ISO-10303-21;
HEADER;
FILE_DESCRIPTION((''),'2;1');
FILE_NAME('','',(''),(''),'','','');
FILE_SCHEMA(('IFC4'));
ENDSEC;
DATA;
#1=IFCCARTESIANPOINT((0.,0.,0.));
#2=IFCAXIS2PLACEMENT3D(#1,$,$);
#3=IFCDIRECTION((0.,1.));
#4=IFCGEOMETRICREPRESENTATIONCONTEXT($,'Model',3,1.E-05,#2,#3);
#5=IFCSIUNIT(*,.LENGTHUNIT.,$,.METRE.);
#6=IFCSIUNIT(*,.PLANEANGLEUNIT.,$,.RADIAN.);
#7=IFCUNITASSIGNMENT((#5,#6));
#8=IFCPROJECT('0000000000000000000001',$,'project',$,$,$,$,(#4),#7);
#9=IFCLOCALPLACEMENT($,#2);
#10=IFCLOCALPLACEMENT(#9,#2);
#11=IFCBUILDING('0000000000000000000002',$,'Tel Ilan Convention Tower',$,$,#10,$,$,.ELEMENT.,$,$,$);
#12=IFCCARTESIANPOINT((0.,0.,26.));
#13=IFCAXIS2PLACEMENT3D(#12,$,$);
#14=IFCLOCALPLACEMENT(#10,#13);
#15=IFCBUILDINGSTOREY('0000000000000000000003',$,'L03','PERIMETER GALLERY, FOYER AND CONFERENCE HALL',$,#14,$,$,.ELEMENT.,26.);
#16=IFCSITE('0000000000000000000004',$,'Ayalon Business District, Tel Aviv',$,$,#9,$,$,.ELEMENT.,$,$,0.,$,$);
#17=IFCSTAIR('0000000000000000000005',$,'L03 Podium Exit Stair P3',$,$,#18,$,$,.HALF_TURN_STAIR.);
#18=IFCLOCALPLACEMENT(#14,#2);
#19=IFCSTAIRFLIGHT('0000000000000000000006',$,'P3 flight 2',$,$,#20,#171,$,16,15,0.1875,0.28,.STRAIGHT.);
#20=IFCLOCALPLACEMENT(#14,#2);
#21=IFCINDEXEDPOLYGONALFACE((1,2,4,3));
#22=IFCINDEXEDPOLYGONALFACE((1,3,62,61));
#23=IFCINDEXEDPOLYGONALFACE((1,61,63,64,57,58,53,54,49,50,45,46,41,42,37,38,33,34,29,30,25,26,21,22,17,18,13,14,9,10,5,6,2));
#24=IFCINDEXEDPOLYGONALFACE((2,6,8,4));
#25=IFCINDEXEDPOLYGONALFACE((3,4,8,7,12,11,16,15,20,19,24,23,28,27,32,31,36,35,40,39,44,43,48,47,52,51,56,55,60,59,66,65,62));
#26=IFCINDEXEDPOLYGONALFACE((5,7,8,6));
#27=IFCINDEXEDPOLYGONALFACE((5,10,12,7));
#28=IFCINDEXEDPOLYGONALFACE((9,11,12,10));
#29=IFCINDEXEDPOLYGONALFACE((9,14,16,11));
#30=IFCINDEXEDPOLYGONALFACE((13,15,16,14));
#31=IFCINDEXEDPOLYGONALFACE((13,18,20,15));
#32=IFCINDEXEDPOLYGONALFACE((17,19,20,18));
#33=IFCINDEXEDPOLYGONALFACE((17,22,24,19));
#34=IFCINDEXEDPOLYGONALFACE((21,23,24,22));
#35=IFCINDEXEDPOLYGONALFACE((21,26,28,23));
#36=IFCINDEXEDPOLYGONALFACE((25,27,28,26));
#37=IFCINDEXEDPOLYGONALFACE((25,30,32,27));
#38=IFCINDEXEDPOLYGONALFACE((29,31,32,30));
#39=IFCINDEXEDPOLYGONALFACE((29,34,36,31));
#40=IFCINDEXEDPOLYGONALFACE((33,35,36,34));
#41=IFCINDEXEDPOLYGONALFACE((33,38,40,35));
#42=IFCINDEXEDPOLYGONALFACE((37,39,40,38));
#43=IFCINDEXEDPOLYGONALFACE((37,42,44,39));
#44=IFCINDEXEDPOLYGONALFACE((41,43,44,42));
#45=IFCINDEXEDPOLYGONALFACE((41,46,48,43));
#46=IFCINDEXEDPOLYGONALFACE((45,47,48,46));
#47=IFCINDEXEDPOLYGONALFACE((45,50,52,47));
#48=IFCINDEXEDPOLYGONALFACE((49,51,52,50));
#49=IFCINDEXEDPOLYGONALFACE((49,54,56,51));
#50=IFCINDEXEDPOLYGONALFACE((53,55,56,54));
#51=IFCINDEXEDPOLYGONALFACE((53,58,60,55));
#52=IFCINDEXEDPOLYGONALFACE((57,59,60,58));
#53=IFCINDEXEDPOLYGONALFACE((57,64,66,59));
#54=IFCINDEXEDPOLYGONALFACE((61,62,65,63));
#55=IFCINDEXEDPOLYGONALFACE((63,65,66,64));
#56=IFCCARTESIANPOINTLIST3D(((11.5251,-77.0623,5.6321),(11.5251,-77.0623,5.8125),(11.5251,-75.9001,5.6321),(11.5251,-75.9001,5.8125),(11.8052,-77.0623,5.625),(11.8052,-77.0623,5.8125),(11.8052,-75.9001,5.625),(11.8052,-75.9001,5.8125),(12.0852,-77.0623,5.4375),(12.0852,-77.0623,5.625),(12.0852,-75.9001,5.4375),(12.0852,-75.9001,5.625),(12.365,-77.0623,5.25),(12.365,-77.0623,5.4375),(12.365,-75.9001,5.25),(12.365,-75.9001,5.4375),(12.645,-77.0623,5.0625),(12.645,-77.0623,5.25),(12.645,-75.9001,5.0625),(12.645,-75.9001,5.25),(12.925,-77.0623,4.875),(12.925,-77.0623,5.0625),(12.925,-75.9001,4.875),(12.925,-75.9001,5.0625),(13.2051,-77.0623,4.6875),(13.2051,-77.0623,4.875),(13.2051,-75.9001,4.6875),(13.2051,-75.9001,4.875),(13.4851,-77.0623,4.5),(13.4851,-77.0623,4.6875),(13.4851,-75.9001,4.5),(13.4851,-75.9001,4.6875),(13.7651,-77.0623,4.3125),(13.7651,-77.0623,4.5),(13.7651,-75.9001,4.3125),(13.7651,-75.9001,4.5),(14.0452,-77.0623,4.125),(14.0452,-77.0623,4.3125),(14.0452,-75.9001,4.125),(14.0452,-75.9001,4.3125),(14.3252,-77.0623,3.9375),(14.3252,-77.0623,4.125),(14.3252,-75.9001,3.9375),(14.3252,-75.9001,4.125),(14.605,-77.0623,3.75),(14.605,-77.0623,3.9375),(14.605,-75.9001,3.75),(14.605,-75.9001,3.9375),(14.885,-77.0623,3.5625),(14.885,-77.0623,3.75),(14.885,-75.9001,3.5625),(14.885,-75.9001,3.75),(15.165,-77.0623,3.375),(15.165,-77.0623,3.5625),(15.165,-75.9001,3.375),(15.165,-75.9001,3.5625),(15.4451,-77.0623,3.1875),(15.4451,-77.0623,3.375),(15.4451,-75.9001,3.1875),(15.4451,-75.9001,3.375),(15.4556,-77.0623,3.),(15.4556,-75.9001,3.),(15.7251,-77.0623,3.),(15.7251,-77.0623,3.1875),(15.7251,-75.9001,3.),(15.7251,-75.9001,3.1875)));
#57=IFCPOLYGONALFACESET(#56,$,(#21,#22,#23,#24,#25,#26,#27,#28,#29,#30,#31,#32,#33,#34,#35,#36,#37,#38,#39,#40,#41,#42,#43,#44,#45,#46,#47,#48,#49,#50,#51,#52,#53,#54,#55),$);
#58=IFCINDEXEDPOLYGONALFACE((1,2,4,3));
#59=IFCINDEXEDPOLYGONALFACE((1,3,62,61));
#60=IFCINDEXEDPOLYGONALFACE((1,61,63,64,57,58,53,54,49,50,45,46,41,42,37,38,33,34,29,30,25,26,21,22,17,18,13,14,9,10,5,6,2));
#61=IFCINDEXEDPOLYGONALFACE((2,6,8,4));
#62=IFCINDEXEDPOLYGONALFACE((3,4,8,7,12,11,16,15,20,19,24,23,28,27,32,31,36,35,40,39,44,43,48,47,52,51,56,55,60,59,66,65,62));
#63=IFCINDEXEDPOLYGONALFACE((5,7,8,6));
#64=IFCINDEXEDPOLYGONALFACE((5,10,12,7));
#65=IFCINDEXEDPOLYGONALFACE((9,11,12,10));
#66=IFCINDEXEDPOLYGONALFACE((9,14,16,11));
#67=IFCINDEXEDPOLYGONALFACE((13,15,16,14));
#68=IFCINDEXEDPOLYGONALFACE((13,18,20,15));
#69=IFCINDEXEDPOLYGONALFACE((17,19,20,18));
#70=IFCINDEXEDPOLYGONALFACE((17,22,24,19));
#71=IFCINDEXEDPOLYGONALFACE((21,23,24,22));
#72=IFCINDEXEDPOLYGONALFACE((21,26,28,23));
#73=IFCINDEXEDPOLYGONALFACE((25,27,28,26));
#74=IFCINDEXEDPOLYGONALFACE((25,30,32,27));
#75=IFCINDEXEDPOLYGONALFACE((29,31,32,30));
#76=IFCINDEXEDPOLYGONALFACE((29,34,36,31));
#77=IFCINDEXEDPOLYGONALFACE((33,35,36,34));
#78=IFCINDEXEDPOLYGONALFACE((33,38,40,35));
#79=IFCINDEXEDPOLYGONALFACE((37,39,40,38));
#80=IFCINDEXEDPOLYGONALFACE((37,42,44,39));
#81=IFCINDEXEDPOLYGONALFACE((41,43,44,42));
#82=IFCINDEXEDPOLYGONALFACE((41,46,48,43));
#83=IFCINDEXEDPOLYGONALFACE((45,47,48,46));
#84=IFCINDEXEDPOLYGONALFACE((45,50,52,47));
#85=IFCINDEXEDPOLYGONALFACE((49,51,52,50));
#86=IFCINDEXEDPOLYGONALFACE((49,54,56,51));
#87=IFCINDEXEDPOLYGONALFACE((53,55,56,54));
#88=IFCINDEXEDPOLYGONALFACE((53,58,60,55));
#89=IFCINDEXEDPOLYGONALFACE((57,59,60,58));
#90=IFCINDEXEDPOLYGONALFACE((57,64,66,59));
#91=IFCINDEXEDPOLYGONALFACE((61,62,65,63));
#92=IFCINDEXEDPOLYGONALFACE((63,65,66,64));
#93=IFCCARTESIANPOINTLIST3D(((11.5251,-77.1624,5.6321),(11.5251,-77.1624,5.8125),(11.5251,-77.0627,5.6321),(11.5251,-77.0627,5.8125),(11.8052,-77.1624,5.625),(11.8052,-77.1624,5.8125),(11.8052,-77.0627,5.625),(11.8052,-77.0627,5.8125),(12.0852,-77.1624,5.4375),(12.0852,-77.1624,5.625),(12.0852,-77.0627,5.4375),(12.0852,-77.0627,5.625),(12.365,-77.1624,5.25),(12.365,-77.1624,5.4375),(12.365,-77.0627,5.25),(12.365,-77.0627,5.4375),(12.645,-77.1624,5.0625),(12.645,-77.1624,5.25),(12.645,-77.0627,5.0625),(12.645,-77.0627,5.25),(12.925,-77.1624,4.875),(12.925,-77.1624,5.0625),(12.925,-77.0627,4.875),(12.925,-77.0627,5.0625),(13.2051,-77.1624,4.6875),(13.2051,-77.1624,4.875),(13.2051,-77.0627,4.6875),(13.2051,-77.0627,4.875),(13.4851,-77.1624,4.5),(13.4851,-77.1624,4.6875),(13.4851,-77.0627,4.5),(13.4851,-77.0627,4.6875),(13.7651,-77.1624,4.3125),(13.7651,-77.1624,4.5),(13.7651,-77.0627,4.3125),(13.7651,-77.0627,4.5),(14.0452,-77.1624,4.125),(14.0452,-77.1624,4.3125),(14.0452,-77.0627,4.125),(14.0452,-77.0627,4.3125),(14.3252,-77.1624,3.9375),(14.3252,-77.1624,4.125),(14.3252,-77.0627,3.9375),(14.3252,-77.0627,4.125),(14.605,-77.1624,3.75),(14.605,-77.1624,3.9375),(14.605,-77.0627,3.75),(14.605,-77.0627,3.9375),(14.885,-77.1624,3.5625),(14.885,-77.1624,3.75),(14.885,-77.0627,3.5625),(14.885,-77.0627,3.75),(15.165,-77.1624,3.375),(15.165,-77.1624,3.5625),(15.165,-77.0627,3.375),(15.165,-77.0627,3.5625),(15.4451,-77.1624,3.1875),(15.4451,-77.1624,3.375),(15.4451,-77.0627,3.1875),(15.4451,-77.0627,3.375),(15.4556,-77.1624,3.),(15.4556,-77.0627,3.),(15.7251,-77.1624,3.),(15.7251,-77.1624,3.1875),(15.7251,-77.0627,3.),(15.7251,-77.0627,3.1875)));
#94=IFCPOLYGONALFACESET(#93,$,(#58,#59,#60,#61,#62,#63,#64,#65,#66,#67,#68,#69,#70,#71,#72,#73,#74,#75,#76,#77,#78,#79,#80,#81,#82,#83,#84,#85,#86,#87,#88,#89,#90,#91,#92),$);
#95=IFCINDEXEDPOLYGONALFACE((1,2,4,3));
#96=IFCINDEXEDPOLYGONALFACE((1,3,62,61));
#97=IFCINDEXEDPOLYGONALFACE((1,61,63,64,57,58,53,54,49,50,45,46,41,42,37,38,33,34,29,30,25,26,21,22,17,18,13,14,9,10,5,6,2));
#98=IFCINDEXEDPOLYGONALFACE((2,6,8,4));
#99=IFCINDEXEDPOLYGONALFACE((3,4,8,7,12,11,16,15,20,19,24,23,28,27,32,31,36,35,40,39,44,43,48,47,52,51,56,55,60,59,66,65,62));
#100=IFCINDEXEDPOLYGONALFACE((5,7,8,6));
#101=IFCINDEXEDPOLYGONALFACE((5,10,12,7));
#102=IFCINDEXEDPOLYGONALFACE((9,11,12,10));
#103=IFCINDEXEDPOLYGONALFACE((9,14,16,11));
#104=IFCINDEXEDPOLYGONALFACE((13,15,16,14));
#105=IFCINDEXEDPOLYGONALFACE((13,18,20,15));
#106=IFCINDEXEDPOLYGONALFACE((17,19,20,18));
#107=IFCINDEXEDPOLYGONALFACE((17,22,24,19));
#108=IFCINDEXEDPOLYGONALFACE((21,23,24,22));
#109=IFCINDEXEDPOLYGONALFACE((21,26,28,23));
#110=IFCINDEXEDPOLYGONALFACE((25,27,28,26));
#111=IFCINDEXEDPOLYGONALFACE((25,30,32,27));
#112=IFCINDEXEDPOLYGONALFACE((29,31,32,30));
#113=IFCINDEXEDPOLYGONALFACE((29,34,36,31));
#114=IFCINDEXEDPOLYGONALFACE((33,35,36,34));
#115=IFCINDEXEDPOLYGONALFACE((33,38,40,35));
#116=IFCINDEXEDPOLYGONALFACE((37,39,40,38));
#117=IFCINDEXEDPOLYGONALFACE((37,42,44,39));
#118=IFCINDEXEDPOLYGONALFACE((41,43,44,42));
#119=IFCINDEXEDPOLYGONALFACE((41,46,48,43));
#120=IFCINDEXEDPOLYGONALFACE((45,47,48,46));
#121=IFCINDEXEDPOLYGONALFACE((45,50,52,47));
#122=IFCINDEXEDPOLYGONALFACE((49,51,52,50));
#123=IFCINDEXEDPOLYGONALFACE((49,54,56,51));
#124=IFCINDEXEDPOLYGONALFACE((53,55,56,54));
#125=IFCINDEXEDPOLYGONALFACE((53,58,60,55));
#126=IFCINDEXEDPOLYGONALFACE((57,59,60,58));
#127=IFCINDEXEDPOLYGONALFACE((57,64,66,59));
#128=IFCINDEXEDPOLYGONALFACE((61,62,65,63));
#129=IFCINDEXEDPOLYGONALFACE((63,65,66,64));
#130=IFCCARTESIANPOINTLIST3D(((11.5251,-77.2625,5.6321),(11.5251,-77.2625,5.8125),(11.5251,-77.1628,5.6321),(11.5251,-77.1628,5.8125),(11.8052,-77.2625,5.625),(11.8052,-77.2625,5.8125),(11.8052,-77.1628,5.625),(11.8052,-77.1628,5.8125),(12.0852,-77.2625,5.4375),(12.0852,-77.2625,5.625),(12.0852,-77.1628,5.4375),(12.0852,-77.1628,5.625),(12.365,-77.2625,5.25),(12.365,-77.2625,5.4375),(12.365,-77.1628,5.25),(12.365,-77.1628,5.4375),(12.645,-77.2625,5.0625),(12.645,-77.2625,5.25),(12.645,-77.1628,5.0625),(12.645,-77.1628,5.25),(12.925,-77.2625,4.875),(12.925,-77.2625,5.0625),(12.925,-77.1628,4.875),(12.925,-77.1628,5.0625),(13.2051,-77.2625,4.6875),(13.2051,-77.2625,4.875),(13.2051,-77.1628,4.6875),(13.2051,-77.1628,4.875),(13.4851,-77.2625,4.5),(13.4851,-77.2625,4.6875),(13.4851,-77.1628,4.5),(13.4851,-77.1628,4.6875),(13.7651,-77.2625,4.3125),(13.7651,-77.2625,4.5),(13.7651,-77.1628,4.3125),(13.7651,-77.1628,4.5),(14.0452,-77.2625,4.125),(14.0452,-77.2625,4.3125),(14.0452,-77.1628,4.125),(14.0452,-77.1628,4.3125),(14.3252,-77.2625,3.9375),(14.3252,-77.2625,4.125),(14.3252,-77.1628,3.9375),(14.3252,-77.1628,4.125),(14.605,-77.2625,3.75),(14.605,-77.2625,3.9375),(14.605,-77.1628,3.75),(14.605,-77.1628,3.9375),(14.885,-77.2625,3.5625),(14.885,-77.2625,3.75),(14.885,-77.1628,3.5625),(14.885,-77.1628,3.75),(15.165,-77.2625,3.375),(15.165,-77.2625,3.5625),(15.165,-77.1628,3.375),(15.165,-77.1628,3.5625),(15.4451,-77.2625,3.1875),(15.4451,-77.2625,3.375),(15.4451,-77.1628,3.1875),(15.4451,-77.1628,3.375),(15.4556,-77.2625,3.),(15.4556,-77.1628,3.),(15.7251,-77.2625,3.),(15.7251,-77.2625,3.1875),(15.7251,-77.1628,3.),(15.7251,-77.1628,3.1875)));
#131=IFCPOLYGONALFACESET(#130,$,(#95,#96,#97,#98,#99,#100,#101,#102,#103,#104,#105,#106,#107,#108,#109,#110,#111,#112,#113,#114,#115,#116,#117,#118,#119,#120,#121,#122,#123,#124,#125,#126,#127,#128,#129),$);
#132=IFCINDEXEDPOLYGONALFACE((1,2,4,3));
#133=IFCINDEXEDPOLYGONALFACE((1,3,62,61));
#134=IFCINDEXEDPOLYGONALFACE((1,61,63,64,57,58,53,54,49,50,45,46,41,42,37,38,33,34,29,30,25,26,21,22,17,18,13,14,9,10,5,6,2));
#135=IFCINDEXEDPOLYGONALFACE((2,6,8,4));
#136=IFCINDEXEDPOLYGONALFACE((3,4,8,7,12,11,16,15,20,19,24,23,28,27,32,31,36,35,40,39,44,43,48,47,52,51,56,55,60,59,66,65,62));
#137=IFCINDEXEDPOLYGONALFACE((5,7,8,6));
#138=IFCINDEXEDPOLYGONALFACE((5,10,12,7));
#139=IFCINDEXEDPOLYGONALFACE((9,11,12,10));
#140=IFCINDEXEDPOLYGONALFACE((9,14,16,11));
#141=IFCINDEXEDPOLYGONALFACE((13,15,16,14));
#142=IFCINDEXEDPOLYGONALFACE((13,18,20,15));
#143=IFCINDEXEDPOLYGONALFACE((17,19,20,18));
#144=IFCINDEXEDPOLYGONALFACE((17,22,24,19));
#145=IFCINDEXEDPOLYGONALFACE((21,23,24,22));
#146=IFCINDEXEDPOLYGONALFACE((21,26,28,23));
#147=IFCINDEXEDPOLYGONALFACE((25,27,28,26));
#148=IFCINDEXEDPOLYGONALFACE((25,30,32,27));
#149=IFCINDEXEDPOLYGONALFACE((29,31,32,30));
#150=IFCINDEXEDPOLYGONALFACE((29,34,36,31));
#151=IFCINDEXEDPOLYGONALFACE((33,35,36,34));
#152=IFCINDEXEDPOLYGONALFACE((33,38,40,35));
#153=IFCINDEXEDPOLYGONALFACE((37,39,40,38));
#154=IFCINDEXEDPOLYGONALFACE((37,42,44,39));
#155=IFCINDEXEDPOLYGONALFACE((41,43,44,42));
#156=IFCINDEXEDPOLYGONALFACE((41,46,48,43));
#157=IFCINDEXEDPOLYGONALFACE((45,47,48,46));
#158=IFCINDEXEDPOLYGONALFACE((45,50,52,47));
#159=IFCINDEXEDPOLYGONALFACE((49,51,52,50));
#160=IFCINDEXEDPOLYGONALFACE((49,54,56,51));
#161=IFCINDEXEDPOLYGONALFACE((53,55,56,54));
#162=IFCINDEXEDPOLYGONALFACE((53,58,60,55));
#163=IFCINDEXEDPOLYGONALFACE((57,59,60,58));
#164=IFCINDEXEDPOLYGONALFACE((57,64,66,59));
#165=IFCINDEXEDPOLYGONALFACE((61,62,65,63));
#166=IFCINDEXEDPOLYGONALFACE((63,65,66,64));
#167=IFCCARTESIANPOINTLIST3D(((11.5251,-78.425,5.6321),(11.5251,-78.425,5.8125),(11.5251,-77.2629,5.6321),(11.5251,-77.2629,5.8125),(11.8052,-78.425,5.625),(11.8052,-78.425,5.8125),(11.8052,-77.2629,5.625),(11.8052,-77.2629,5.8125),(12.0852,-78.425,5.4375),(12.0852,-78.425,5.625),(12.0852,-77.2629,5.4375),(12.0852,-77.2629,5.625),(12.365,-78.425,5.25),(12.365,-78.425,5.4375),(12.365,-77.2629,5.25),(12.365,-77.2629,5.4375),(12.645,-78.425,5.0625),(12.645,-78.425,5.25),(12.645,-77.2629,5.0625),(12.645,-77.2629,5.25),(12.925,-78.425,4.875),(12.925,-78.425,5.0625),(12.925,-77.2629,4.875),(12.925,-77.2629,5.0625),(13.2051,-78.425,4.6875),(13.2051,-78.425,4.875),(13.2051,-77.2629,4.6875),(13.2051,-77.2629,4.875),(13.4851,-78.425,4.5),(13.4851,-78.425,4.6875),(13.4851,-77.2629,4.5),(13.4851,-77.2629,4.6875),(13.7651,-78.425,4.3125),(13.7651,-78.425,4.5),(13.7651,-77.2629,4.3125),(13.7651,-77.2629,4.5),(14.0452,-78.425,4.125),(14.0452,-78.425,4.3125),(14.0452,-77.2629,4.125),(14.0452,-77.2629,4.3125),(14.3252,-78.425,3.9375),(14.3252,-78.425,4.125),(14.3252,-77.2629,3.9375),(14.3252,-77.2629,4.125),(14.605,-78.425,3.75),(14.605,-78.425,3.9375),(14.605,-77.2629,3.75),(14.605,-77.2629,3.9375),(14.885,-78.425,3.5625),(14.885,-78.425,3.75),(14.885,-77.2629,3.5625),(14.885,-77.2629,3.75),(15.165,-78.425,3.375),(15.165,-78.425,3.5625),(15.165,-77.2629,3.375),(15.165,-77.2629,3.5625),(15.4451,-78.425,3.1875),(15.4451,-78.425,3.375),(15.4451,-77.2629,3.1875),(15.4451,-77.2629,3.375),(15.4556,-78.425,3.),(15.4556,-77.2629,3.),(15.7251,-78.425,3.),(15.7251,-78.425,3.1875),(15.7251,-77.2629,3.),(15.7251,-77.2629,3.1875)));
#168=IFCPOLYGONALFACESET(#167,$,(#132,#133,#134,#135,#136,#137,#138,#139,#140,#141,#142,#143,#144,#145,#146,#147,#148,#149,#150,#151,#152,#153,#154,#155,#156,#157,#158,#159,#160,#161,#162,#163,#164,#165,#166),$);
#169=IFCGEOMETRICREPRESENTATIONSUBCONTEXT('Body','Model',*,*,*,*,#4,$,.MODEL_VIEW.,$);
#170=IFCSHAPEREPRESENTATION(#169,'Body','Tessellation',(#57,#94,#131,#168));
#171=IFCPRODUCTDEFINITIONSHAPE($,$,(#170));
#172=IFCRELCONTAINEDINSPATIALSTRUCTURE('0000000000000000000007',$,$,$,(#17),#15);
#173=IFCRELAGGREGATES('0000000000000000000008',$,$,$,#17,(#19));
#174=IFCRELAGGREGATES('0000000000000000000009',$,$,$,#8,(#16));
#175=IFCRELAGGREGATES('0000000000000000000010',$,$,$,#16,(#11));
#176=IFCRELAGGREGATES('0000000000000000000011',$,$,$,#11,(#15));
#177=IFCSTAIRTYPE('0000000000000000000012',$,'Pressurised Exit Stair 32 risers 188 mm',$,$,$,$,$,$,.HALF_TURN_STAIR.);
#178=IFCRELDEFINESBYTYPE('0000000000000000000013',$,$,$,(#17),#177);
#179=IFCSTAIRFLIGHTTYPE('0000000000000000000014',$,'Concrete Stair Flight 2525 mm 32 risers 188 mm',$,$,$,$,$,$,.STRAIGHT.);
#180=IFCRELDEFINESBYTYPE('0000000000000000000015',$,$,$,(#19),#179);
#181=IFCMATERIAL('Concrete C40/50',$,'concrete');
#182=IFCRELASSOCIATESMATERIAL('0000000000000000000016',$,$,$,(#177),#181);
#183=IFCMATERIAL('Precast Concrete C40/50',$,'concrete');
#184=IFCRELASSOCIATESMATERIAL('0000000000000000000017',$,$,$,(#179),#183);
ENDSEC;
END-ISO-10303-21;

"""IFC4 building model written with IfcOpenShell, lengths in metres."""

from ifc_helpers import new_model, si_unit, direction, frame, origin, place, context, subcontext, project, spatial, polyline, outline, extrude, material, type_object, element, aggregate, save


model = new_model("IFC4")

# Units and contexts
model_context = context("Model", 3, precision=1e-05, world=origin(), true_north=direction((0.0, 1.0)))
body_context = subcontext(model_context, "Body", "Model", "MODEL_VIEW")
ifc_project = project(units=[si_unit("LENGTHUNIT", "METRE"), si_unit("PLANEANGLEUNIT", "RADIAN")], contexts=[model_context])

# Site, building, storey
site_placement = place(None, origin())
site = spatial("IfcSite", under=ifc_project, at=site_placement, Name="Ayalon Business District, Tel Aviv", CompositionType="ELEMENT", RefElevation=0.0)
building_placement = place(site_placement, origin())
building = spatial("IfcBuilding", under=site, at=building_placement, Name="Tel Ilan Convention Tower", CompositionType="ELEMENT")
storey_placement = place(building_placement, frame((0.0, 0.0, 26.0)))
storey = spatial("IfcBuildingStorey", under=building, at=storey_placement, Name="L03", Description="PERIMETER GALLERY, FOYER AND CONFERENCE HALL", CompositionType="ELEMENT", Elevation=26.0)

# Stair, stair flight
ifc_material_1 = material(Name="Concrete C40/50", Category="concrete")
stair_type = type_object("IfcStairType", Name="Pressurised Exit Stair 32 risers 188 mm", PredefinedType="HALF_TURN_STAIR", material=ifc_material_1)
stair_placement = place(storey_placement, origin())
stair = element("IfcStair", 1, at=stair_placement, inside=storey, type_object=stair_type, Name="L03 Podium Exit Stair P3", PredefinedType="HALF_TURN_STAIR")
ifc_material_2 = material(Name="Precast Concrete C40/50", Category="concrete")
stair_flight_type = type_object("IfcStairFlightType", Name="Concrete Stair Flight 2525 mm 32 risers 188 mm", PredefinedType="STRAIGHT", material=ifc_material_2)
stair_flight_placement = place(storey_placement, frame((15.7251, -77.1626, 3.0), z_axis=(0.0, 0.0, 1.0), x_axis=(-1.0, 0.0, 0.0)))
stair_flight = element("IfcStairFlight", 2, at=stair_flight_placement, type_object=stair_flight_type, Name="P3 flight 2", NumberOfRisers=16, NumberOfTreads=15, PredefinedType="STRAIGHT", RiserHeight=0.1875, TreadLength=0.28, context=body_context, shape_type="SweptSolid", body=[
    extrude(outline(polyline([(0.0, 0.0), (0.0, 0.1875), (0.28, 0.1875), (0.28, 0.375), (0.5601, 0.375), (0.5601, 0.5625), (0.8401, 0.5625), (0.8401, 0.75), (1.1201, 0.75), (1.1201, 0.9375), (1.3999, 0.9375), (1.3999, 1.125), (1.6799, 1.125), (1.6799, 1.3125), (1.96, 1.3125), (1.96, 1.5), (2.24, 1.5), (2.24, 1.6875), (2.52, 1.6875), (2.52, 1.875), (2.8, 1.875), (2.8, 2.0625), (3.0801, 2.0625), (3.0801, 2.25), (3.3601, 2.25), (3.3601, 2.4375), (3.6399, 2.4375), (3.6399, 2.625), (3.9199, 2.625), (3.9199, 2.8125), (4.2, 2.8125), (4.2, 3.0), (4.2, 2.6321), (0.2695, 0.0), (0.0, 0.0)])), frame((0.0, -0.1003, 0.0), z_axis=(0.0, -1.0, 0.0), x_axis=(1.0, 0.0, 0.0)), (0.0, 0.0, 1.0), 1.1621),
    extrude(outline(polyline([(0.0, 0.0), (0.0, 0.1875), (0.28, 0.1875), (0.28, 0.375), (0.5601, 0.375), (0.5601, 0.5625), (0.8401, 0.5625), (0.8401, 0.75), (1.1201, 0.75), (1.1201, 0.9375), (1.3999, 0.9375), (1.3999, 1.125), (1.6799, 1.125), (1.6799, 1.3125), (1.96, 1.3125), (1.96, 1.5), (2.24, 1.5), (2.24, 1.6875), (2.52, 1.6875), (2.52, 1.875), (2.8, 1.875), (2.8, 2.0625), (3.0801, 2.0625), (3.0801, 2.25), (3.3601, 2.25), (3.3601, 2.4375), (3.6399, 2.4375), (3.6399, 2.625), (3.9199, 2.625), (3.9199, 2.8125), (4.2, 2.8125), (4.2, 3.0), (4.2, 2.6321), (0.2695, 0.0), (0.0, 0.0)])), frame((0.0, -0.0002, 0.0), z_axis=(0.0, -1.0, 0.0), x_axis=(1.0, 0.0, 0.0)), (0.0, 0.0, 1.0), 0.0996),
    extrude(outline(polyline([(0.0, 0.0), (0.0, 0.1875), (0.28, 0.1875), (0.28, 0.375), (0.5601, 0.375), (0.5601, 0.5625), (0.8401, 0.5625), (0.8401, 0.75), (1.1201, 0.75), (1.1201, 0.9375), (1.3999, 0.9375), (1.3999, 1.125), (1.6799, 1.125), (1.6799, 1.3125), (1.96, 1.3125), (1.96, 1.5), (2.24, 1.5), (2.24, 1.6875), (2.52, 1.6875), (2.52, 1.875), (2.8, 1.875), (2.8, 2.0625), (3.0801, 2.0625), (3.0801, 2.25), (3.3601, 2.25), (3.3601, 2.4375), (3.6399, 2.4375), (3.6399, 2.625), (3.9199, 2.625), (3.9199, 2.8125), (4.2, 2.8125), (4.2, 3.0), (4.2, 2.6321), (0.2695, 0.0), (0.0, 0.0)])), frame((0.0, 0.0999, 0.0), z_axis=(0.0, -1.0, 0.0), x_axis=(1.0, 0.0, 0.0)), (0.0, 0.0, 1.0), 0.0996),
    extrude(outline(polyline([(0.0, 0.0), (0.0, 0.1875), (0.28, 0.1875), (0.28, 0.375), (0.5601, 0.375), (0.5601, 0.5625), (0.8401, 0.5625), (0.8401, 0.75), (1.1201, 0.75), (1.1201, 0.9375), (1.3999, 0.9375), (1.3999, 1.125), (1.6799, 1.125), (1.6799, 1.3125), (1.96, 1.3125), (1.96, 1.5), (2.24, 1.5), (2.24, 1.6875), (2.52, 1.6875), (2.52, 1.875), (2.8, 1.875), (2.8, 2.0625), (3.0801, 2.0625), (3.0801, 2.25), (3.3601, 2.25), (3.3601, 2.4375), (3.6399, 2.4375), (3.6399, 2.625), (3.9199, 2.625), (3.9199, 2.8125), (4.2, 2.8125), (4.2, 3.0), (4.2, 2.6321), (0.2695, 0.0), (0.0, 0.0)])), frame((0.0, 1.2625, 0.0), z_axis=(0.0, -1.0, 0.0), x_axis=(1.0, 0.0, 0.0)), (0.0, 0.0, 1.0), 1.1621),
])
aggregate(stair, [stair_flight])

save(model, "model.ifc")
